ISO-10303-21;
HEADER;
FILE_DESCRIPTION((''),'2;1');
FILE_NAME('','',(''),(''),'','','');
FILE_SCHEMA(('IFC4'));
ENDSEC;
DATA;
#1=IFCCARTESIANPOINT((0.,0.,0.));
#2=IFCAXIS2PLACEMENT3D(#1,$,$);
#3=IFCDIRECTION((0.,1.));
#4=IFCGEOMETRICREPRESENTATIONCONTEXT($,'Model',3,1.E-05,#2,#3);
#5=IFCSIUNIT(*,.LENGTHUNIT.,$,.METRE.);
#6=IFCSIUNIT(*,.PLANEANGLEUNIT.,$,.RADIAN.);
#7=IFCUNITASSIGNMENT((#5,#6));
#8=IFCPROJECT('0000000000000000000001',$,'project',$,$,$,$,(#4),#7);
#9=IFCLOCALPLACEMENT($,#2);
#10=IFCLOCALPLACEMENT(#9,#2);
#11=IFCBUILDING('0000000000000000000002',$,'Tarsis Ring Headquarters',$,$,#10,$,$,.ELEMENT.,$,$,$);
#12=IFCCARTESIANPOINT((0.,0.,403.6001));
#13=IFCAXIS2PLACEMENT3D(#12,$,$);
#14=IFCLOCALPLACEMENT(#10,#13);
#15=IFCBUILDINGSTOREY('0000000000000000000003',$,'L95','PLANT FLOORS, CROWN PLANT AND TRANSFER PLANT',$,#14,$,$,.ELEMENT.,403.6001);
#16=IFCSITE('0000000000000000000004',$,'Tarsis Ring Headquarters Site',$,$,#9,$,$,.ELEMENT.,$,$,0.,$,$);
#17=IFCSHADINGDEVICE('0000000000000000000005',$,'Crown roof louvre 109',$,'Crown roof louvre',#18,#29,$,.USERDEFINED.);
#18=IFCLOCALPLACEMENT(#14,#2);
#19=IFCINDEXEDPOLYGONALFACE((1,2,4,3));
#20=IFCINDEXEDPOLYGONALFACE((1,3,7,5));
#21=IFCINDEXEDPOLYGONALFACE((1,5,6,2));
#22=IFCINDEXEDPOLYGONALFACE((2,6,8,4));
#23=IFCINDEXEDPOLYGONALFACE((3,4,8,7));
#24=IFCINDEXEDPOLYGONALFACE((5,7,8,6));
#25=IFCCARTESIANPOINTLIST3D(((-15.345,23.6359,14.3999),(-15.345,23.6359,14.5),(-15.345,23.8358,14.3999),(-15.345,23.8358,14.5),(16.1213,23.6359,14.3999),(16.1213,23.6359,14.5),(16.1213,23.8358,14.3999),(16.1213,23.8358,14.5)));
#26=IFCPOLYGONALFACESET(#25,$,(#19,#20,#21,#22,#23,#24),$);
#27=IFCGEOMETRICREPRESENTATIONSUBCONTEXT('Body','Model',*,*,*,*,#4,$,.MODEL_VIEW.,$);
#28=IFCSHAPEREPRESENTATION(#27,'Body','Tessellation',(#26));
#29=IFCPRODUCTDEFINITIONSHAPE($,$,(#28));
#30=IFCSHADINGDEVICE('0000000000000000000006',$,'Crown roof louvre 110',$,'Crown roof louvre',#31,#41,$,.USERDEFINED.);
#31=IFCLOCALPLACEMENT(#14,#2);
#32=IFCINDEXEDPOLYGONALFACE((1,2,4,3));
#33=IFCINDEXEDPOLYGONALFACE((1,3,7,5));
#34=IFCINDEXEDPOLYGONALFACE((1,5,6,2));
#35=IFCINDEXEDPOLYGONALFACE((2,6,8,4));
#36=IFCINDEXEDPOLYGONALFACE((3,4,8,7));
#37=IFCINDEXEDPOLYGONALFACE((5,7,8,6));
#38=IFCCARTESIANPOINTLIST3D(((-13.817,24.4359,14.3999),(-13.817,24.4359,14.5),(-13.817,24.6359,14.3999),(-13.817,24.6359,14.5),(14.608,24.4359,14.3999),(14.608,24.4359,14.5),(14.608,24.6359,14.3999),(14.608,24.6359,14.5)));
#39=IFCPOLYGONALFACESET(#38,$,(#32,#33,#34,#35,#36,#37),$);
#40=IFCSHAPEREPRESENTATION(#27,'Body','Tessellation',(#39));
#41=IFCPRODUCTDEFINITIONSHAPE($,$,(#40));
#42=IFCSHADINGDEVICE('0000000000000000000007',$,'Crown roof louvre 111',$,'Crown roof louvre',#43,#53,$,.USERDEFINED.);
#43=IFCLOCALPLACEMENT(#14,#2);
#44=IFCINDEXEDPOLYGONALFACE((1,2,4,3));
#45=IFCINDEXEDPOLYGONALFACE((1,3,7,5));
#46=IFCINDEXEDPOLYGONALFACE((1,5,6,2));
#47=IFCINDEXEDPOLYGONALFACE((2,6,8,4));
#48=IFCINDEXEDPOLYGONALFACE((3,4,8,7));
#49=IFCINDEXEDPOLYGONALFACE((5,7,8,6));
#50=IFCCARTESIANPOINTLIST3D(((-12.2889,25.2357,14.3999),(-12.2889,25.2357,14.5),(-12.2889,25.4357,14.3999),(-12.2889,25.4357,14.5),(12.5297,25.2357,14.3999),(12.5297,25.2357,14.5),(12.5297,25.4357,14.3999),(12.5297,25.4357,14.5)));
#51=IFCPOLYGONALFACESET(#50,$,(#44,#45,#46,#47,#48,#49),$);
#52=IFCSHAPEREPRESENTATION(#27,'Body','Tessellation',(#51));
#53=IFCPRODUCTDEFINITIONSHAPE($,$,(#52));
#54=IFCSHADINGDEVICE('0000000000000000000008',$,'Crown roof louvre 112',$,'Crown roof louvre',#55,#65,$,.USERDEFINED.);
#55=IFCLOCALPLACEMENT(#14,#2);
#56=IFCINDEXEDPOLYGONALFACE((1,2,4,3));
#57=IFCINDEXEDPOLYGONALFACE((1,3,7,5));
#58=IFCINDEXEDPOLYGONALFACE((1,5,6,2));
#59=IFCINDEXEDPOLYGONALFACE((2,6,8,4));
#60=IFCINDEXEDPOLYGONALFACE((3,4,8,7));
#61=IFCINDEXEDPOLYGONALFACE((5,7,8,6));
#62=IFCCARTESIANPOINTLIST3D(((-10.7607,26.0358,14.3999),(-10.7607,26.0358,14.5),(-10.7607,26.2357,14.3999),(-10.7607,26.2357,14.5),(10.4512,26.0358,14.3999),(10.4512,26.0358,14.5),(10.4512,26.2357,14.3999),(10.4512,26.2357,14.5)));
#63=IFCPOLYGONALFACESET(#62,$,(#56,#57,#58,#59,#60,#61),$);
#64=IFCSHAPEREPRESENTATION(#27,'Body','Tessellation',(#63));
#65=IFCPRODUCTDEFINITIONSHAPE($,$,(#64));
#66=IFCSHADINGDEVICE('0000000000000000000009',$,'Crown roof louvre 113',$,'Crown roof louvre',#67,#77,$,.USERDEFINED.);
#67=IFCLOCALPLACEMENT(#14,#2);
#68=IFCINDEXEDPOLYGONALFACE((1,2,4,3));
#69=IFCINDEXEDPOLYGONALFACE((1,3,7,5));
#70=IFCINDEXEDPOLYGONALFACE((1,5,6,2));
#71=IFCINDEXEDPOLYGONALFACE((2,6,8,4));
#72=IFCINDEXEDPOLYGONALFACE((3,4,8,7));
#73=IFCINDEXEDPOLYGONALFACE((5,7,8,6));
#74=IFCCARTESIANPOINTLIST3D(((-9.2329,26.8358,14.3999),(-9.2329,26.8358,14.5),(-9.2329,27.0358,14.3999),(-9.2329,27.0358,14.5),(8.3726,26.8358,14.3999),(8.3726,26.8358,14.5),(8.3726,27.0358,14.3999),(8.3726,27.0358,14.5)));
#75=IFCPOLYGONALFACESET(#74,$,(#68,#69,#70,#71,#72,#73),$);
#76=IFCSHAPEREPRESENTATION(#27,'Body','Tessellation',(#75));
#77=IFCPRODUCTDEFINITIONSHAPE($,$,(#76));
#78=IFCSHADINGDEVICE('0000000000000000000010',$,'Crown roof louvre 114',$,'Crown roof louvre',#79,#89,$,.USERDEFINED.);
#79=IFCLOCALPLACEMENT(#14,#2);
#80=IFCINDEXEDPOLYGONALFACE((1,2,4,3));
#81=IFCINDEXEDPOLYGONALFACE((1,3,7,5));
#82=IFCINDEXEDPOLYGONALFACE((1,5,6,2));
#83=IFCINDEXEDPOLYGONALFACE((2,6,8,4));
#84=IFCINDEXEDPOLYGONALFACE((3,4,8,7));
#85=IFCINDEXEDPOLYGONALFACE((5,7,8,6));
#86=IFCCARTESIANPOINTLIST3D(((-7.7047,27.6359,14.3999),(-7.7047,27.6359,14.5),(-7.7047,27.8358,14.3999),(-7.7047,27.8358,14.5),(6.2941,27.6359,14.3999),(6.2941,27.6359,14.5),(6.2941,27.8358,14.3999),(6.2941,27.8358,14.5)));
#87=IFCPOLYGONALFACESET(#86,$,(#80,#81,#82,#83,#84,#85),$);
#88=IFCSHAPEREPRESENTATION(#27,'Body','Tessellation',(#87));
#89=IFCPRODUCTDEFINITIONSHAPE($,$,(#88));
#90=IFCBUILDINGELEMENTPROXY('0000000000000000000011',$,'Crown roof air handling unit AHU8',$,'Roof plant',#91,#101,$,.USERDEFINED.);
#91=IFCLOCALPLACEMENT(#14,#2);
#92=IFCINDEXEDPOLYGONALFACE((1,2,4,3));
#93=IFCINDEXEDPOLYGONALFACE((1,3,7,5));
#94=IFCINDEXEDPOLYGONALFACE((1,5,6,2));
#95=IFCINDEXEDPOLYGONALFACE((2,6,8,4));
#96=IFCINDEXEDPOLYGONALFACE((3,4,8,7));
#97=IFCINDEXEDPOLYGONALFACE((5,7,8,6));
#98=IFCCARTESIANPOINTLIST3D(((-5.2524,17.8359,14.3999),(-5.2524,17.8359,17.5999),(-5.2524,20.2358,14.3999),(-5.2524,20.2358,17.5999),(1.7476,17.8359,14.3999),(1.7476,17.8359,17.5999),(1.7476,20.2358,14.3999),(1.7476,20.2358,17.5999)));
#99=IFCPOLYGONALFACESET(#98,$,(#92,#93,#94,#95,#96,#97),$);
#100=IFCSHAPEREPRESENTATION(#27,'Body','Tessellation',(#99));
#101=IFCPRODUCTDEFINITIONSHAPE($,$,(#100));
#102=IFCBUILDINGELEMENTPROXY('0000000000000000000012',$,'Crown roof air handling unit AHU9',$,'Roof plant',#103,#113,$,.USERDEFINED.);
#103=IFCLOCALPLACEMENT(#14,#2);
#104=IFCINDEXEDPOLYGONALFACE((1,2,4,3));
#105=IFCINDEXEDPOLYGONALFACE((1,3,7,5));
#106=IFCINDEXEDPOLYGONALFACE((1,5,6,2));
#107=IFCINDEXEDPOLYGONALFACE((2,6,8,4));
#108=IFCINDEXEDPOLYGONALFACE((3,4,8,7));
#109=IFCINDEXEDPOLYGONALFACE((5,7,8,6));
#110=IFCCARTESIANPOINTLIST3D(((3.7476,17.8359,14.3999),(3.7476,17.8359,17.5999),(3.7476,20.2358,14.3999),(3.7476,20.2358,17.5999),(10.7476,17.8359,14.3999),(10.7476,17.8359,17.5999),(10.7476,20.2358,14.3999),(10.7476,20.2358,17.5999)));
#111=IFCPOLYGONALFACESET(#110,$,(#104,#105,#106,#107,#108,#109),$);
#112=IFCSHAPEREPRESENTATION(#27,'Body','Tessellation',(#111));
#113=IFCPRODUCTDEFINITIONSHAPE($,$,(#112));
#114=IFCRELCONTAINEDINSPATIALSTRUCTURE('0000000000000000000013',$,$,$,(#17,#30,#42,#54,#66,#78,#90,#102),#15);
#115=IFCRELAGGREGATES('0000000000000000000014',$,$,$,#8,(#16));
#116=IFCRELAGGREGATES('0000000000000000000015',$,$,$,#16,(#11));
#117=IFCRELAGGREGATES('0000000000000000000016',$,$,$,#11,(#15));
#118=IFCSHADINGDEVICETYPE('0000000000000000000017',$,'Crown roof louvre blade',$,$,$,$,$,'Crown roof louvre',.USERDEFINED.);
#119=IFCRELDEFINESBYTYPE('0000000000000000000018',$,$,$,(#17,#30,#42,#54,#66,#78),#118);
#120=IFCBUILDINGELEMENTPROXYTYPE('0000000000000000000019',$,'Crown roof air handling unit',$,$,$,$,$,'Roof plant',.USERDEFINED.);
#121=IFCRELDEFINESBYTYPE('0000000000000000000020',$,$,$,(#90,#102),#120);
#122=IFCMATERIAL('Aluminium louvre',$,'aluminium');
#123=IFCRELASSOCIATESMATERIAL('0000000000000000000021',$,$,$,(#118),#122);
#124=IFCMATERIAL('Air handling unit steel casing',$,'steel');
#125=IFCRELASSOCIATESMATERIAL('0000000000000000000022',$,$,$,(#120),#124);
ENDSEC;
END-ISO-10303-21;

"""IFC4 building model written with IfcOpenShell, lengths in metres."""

from ifc_helpers import new_model, si_unit, direction, frame, origin, origin_2d, place, context, subcontext, project, spatial, rectangle, extrude, material, type_object, element, save


model = new_model("IFC4")

# Units and contexts
model_context = context("Model", 3, precision=1e-05, world=origin(), true_north=direction((0.0, 1.0)))
body_context = subcontext(model_context, "Body", "Model", "MODEL_VIEW")
ifc_project = project(units=[si_unit("LENGTHUNIT", "METRE"), si_unit("PLANEANGLEUNIT", "RADIAN")], contexts=[model_context])

# Site, building, storey
site_placement = place(None, origin())
site = spatial("IfcSite", under=ifc_project, at=site_placement, Name="Tarsis Ring Headquarters Site", CompositionType="ELEMENT", RefElevation=0.0)
building_placement = place(site_placement, origin())
building = spatial("IfcBuilding", under=site, at=building_placement, Name="Tarsis Ring Headquarters", CompositionType="ELEMENT")
storey_placement = place(building_placement, frame((0.0, 0.0, 403.6001)))
storey = spatial("IfcBuildingStorey", under=building, at=storey_placement, Name="L95", Description="PLANT FLOORS, CROWN PLANT AND TRANSFER PLANT", CompositionType="ELEMENT", Elevation=403.6001)

# Shading devices
ifc_material_1 = material(Name="Aluminium louvre", Category="aluminium")
shading_device_type = type_object("IfcShadingDeviceType", Name="Crown roof louvre blade", ElementType="Crown roof louvre", PredefinedType="USERDEFINED", material=ifc_material_1)
shading_device_1_placement = place(storey_placement, frame((0.3882, 23.7358, 14.3999), z_axis=(0.0, 0.0, 1.0), x_axis=(1.0, 0.0, 0.0)))
element("IfcShadingDevice", 1, at=shading_device_1_placement, inside=storey, type_object=shading_device_type, Name="Crown roof louvre 109", ObjectType="Crown roof louvre", PredefinedType="USERDEFINED", context=body_context, shape_type="SweptSolid", body=[
    extrude(rectangle(XDim=31.4663, YDim=0.2, at=origin_2d()), origin(), (0.0, 0.0, 1.0), 0.1001),
])
shading_device_2_placement = place(storey_placement, frame((0.3955, 24.5359, 14.3999), z_axis=(0.0, 0.0, 1.0), x_axis=(1.0, 0.0, 0.0)))
element("IfcShadingDevice", 2, at=shading_device_2_placement, inside=storey, type_object=shading_device_type, Name="Crown roof louvre 110", ObjectType="Crown roof louvre", PredefinedType="USERDEFINED", context=body_context, shape_type="SweptSolid", body=[
    extrude(rectangle(XDim=28.425, YDim=0.2, at=origin_2d()), origin(), (0.0, 0.0, 1.0), 0.1001),
])
shading_device_3_placement = place(storey_placement, frame((0.1204, 25.3357, 14.3999), z_axis=(0.0, 0.0, 1.0), x_axis=(1.0, 0.0, 0.0)))
element("IfcShadingDevice", 3, at=shading_device_3_placement, inside=storey, type_object=shading_device_type, Name="Crown roof louvre 111", ObjectType="Crown roof louvre", PredefinedType="USERDEFINED", context=body_context, shape_type="SweptSolid", body=[
    extrude(rectangle(XDim=24.8186, YDim=0.2, at=origin_2d()), origin(), (0.0, 0.0, 1.0), 0.1001),
])
shading_device_4_placement = place(storey_placement, frame((-0.1548, 26.1357, 14.3999), z_axis=(0.0, 0.0, 1.0), x_axis=(1.0, 0.0, 0.0)))
element("IfcShadingDevice", 4, at=shading_device_4_placement, inside=storey, type_object=shading_device_type, Name="Crown roof louvre 112", ObjectType="Crown roof louvre", PredefinedType="USERDEFINED", context=body_context, shape_type="SweptSolid", body=[
    extrude(rectangle(XDim=21.2119, YDim=0.2, at=origin_2d()), origin(), (0.0, 0.0, 1.0), 0.1001),
])
shading_device_5_placement = place(storey_placement, frame((-0.4302, 26.9358, 14.3999), z_axis=(0.0, 0.0, 1.0), x_axis=(1.0, 0.0, 0.0)))
element("IfcShadingDevice", 5, at=shading_device_5_placement, inside=storey, type_object=shading_device_type, Name="Crown roof louvre 113", ObjectType="Crown roof louvre", PredefinedType="USERDEFINED", context=body_context, shape_type="SweptSolid", body=[
    extrude(rectangle(XDim=17.6055, YDim=0.2, at=origin_2d()), origin(), (0.0, 0.0, 1.0), 0.1001),
])
shading_device_6_placement = place(storey_placement, frame((-0.7053, 27.7358, 14.3999), z_axis=(0.0, 0.0, 1.0), x_axis=(1.0, 0.0, 0.0)))
element("IfcShadingDevice", 6, at=shading_device_6_placement, inside=storey, type_object=shading_device_type, Name="Crown roof louvre 114", ObjectType="Crown roof louvre", PredefinedType="USERDEFINED", context=body_context, shape_type="SweptSolid", body=[
    extrude(rectangle(XDim=13.9988, YDim=0.2, at=origin_2d()), origin(), (0.0, 0.0, 1.0), 0.1001),
])

# Building element proxies
ifc_material_2 = material(Name="Air handling unit steel casing", Category="steel")
building_element_proxy_type = type_object("IfcBuildingElementProxyType", Name="Crown roof air handling unit", ElementType="Roof plant", PredefinedType="USERDEFINED", material=ifc_material_2)
for number, where, z_axis, x_axis, name in (
    (7, (-1.7524, 19.0359, 14.3999), (0.0, 0.0, 1.0), (1.0, 0.0, 0.0), "Crown roof air handling unit AHU8"),
    (8, (7.2476, 19.0359, 14.3999), (0.0, 0.0, 1.0), (1.0, 0.0, 0.0), "Crown roof air handling unit AHU9"),
):
    element("IfcBuildingElementProxy", number, at=place(storey_placement, frame(where, z_axis=z_axis, x_axis=x_axis)), inside=storey, type_object=building_element_proxy_type, Name=name, ObjectType="Roof plant", PredefinedType="USERDEFINED", context=body_context, shape_type="SweptSolid", body=[
        extrude(rectangle(XDim=7.0, YDim=2.3999, at=origin_2d()), origin(), (0.0, 0.0, 1.0), 3.2),
    ])

save(model, "model.ifc")
